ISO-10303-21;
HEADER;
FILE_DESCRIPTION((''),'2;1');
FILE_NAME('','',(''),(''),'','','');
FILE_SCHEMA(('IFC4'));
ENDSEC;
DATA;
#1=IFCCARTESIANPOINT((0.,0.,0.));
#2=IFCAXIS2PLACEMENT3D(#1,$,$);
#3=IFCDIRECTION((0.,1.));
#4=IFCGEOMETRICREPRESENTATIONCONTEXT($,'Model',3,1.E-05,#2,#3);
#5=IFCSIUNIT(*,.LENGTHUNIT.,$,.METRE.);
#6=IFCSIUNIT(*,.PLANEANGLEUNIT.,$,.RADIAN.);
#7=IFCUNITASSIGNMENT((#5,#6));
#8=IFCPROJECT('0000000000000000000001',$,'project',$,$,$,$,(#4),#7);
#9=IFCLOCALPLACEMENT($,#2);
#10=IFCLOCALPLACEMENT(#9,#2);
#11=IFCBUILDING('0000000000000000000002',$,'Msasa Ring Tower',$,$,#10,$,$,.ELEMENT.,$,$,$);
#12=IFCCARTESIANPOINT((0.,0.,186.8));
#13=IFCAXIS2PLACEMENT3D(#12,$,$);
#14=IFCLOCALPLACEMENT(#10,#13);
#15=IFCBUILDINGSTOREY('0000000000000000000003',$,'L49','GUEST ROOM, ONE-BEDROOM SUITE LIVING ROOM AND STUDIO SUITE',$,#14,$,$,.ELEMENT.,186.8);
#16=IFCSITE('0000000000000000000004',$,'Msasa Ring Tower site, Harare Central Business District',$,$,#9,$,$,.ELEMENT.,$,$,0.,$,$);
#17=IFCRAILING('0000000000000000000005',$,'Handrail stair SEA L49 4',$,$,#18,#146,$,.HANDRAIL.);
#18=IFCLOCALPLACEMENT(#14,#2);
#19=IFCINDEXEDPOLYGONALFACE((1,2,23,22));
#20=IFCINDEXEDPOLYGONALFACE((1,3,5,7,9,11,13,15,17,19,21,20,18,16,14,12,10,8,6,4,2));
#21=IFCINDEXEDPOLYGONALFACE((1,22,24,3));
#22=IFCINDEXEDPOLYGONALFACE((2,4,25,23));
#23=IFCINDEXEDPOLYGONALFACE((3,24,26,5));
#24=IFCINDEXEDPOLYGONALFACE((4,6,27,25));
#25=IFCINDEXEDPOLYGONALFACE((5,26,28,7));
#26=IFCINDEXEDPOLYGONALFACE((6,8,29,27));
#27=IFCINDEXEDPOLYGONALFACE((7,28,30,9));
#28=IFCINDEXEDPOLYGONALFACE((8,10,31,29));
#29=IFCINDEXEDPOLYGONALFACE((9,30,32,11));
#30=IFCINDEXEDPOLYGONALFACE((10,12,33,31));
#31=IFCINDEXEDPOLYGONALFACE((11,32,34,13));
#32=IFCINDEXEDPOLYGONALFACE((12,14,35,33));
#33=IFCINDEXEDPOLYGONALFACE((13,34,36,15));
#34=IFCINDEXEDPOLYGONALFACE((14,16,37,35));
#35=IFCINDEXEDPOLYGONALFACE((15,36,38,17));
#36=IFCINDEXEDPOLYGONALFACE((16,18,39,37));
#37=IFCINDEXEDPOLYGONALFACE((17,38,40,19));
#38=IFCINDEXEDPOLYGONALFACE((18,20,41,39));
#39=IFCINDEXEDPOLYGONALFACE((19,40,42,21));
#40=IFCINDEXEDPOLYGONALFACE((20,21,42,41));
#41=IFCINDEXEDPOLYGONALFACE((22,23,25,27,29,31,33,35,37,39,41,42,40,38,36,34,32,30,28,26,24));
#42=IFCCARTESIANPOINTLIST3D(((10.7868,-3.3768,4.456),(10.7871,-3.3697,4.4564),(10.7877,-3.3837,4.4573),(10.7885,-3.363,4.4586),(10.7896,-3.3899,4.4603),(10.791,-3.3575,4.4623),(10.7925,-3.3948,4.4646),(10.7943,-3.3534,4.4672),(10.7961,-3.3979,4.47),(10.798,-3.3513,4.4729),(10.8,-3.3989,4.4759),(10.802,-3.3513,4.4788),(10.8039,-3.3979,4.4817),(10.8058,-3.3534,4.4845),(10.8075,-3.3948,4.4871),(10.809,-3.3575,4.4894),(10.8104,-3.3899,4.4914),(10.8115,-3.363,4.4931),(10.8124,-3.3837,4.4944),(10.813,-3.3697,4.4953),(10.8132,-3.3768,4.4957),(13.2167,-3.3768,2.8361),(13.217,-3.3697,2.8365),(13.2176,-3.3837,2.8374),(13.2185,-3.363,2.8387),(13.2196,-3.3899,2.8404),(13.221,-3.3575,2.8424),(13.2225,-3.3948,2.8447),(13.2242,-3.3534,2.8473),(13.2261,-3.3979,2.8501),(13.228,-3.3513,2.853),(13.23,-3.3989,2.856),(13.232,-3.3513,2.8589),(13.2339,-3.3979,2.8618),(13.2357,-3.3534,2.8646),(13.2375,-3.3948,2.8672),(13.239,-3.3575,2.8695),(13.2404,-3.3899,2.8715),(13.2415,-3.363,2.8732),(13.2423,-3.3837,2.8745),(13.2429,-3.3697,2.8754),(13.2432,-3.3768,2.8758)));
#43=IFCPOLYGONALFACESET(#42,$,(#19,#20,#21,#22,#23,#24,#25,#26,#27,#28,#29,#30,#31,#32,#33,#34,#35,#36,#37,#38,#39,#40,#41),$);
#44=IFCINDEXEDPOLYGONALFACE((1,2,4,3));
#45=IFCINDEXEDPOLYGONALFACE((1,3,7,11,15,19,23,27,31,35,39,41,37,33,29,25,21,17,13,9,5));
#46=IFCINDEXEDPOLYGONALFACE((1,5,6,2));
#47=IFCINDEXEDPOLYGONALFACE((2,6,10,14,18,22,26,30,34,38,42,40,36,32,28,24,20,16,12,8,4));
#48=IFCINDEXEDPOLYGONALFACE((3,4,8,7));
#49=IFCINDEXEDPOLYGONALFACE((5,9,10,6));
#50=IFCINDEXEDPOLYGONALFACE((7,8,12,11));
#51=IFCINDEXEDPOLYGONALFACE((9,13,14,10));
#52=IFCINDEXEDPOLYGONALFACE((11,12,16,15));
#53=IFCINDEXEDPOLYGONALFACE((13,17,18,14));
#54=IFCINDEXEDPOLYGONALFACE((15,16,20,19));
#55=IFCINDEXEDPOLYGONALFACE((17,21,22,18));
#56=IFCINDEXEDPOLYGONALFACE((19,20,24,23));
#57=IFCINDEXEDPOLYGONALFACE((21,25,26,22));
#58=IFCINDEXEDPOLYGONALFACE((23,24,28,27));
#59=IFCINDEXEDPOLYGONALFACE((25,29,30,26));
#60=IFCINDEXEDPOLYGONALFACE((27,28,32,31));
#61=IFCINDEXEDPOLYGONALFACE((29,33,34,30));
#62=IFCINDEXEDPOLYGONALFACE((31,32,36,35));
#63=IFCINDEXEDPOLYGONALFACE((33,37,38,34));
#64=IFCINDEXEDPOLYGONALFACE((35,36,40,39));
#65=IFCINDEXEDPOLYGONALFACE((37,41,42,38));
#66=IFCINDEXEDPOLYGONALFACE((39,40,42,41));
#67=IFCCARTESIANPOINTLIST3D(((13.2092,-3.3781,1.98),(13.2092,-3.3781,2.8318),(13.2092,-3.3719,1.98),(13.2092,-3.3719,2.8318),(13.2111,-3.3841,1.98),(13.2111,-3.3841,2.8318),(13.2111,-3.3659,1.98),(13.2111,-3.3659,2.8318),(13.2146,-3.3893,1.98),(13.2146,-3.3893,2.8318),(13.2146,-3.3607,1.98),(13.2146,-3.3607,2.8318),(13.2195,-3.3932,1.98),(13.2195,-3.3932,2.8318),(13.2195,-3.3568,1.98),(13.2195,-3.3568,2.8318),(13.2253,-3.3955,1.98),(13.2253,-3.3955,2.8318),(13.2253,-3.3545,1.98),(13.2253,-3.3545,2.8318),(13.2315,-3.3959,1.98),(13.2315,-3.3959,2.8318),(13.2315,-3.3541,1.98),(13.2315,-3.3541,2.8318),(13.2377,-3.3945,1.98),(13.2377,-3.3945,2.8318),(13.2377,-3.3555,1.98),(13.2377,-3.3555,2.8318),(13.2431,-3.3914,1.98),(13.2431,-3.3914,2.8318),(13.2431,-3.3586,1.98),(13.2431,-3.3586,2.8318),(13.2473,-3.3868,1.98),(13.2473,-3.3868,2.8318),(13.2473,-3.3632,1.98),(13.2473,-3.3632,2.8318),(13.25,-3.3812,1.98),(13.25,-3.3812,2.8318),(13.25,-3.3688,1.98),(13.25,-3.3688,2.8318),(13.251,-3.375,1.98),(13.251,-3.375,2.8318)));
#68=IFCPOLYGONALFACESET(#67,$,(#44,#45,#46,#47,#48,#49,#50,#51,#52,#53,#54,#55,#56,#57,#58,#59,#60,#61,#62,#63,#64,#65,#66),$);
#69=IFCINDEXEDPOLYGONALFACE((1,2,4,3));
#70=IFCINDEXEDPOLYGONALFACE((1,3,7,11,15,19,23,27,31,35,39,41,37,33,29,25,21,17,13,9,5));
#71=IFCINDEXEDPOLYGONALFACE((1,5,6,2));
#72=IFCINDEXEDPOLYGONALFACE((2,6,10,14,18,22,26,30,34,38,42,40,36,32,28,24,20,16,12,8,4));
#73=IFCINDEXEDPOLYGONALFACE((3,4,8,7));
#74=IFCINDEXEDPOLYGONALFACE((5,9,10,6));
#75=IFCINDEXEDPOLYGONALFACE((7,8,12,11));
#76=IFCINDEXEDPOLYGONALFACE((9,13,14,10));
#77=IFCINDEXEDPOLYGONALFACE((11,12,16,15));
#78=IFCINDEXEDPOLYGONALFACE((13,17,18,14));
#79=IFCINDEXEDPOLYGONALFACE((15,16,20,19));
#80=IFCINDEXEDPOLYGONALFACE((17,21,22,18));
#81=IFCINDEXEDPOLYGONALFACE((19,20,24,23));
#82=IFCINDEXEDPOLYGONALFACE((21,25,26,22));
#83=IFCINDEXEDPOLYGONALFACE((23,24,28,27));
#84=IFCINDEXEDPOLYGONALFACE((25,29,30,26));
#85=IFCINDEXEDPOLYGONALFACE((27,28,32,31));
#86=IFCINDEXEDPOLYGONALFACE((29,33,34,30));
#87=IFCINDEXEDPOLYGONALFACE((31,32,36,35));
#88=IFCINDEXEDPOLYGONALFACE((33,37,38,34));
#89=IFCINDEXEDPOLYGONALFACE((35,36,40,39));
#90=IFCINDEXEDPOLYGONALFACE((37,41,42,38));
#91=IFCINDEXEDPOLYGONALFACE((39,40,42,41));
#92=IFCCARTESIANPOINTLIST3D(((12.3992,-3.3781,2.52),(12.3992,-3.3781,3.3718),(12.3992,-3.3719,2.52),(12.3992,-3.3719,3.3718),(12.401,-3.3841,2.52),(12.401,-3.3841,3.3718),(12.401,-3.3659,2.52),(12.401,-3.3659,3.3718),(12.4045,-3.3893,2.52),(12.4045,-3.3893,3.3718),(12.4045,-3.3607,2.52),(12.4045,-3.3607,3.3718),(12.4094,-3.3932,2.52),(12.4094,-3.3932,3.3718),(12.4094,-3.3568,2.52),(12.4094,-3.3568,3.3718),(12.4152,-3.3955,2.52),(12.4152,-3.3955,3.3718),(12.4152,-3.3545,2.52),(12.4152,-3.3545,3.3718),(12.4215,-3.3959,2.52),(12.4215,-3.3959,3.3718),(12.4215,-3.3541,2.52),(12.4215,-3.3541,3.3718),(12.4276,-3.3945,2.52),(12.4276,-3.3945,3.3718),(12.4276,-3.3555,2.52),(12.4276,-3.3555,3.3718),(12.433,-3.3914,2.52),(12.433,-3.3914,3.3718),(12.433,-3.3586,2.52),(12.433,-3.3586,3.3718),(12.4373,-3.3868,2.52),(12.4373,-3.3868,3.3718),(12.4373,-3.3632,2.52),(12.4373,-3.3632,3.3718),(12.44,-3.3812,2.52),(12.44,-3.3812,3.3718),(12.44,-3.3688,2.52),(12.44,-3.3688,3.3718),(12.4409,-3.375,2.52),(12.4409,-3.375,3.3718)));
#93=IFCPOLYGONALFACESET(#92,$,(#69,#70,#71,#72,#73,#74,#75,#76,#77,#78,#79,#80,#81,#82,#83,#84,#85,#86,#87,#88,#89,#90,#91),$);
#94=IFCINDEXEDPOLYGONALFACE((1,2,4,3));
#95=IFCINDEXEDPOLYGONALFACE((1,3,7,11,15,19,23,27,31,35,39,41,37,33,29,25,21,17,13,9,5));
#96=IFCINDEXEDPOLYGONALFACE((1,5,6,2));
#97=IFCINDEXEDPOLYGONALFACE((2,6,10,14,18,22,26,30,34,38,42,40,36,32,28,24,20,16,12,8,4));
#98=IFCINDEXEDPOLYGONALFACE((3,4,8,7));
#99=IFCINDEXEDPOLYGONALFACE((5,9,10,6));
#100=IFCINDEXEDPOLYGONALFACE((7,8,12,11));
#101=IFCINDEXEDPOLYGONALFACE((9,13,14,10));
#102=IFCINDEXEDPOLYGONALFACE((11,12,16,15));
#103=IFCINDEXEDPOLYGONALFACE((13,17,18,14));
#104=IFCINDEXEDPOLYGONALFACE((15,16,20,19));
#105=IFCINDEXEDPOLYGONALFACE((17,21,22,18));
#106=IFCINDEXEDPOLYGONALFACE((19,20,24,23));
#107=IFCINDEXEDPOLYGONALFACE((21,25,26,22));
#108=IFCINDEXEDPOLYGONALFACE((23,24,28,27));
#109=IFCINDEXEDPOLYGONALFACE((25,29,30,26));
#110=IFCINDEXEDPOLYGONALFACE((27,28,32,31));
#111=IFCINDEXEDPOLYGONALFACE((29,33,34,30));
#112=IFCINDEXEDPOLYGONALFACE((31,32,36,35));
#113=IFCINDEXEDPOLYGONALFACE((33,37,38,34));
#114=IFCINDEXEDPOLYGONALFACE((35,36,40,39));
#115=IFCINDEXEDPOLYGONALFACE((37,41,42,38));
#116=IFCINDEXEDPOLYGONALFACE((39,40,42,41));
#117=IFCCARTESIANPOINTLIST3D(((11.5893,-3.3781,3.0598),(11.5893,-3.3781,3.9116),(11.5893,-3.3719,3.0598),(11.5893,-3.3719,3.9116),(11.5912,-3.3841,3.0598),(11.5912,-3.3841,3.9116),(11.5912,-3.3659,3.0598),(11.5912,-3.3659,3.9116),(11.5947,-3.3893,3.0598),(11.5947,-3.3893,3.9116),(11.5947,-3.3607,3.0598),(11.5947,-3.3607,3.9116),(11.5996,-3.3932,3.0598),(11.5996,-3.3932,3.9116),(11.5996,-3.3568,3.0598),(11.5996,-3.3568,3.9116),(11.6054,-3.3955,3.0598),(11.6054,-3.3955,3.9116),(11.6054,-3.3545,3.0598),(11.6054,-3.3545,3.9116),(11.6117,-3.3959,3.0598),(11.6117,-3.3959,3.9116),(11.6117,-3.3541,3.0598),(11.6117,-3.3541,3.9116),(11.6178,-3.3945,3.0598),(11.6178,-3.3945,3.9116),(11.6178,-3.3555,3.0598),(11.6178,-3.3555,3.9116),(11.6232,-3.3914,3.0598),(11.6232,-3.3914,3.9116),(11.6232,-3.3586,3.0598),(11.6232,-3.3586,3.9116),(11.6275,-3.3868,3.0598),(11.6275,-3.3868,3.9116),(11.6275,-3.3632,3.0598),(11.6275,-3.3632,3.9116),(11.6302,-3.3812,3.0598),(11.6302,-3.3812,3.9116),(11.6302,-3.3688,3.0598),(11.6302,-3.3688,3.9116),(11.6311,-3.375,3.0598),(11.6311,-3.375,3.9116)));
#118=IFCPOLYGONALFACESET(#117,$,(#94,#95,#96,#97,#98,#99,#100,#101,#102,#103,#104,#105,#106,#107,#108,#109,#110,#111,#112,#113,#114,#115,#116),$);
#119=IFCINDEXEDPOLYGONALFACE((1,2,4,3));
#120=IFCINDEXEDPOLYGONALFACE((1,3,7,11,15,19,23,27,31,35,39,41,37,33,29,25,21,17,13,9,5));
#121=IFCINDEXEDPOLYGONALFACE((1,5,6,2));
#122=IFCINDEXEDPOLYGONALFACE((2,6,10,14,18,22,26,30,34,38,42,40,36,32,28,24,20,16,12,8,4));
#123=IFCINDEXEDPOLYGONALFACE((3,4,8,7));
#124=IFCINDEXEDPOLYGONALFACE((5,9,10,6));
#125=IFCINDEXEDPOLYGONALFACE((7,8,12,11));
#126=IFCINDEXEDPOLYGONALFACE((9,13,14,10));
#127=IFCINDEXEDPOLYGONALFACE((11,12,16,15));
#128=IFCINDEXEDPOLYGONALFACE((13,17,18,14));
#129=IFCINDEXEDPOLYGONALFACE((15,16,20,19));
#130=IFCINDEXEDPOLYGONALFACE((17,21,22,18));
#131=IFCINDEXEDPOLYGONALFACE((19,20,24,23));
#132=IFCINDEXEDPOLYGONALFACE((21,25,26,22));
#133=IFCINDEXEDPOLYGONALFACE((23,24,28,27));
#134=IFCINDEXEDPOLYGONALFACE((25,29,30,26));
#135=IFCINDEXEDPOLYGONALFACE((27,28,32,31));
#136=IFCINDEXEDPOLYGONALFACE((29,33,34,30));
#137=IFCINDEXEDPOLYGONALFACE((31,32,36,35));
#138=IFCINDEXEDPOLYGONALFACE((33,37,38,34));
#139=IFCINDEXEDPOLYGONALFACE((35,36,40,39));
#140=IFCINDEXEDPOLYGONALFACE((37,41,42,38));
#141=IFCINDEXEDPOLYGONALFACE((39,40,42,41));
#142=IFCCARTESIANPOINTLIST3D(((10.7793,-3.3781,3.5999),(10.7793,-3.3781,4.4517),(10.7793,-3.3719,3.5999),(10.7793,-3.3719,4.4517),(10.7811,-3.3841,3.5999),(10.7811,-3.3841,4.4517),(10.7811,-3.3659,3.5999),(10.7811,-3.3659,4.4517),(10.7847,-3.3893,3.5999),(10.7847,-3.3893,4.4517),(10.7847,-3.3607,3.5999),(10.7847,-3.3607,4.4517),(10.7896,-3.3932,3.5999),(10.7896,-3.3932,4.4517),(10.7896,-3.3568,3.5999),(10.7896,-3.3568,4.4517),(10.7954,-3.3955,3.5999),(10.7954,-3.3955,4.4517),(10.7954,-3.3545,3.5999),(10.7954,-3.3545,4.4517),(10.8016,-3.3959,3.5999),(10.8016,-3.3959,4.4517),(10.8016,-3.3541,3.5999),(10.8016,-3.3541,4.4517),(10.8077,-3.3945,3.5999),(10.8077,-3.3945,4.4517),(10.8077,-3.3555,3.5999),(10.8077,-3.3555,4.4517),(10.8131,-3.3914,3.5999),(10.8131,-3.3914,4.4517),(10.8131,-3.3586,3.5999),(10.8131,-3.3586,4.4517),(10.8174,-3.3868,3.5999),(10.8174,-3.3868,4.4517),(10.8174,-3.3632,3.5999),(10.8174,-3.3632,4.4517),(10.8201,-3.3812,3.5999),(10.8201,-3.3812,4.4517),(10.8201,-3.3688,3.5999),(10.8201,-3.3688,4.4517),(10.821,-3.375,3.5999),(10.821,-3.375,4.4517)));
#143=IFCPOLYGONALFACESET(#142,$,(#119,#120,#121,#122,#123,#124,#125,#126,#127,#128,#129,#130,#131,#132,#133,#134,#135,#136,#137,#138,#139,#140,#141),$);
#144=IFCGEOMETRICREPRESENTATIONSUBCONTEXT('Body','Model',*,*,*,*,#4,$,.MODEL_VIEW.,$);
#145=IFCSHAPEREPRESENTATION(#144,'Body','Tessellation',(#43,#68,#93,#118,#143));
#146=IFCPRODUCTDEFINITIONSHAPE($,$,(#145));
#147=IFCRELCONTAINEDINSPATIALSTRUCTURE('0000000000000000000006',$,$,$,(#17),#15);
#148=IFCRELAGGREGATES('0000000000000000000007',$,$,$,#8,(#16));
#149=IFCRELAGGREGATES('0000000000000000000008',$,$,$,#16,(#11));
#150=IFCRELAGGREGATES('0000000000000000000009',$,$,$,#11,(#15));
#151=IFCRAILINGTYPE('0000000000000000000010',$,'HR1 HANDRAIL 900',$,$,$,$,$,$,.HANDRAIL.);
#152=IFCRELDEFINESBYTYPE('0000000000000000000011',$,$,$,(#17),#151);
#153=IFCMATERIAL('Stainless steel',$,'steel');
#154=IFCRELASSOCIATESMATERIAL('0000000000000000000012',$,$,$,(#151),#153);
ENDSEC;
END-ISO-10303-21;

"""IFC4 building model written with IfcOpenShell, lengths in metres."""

from ifc_helpers import new_model, si_unit, direction, frame, origin, origin_2d, place, context, subcontext, project, spatial, circle, extrude, material, type_object, element, save


model = new_model("IFC4")

# Units and contexts
model_context = context("Model", 3, precision=1e-05, world=origin(), true_north=direction((0.0, 1.0)))
body_context = subcontext(model_context, "Body", "Model", "MODEL_VIEW")
ifc_project = project(units=[si_unit("LENGTHUNIT", "METRE"), si_unit("PLANEANGLEUNIT", "RADIAN")], contexts=[model_context])

# Site, building, storey
site_placement = place(None, origin())
site = spatial("IfcSite", under=ifc_project, at=site_placement, Name="Msasa Ring Tower site, Harare Central Business District", CompositionType="ELEMENT", RefElevation=0.0)
building_placement = place(site_placement, origin())
building = spatial("IfcBuilding", under=site, at=building_placement, Name="Msasa Ring Tower", CompositionType="ELEMENT")
storey_placement = place(building_placement, frame((0.0, 0.0, 186.8)))
storey = spatial("IfcBuildingStorey", under=building, at=storey_placement, Name="L49", Description="GUEST ROOM, ONE-BEDROOM SUITE LIVING ROOM AND STUDIO SUITE", CompositionType="ELEMENT", Elevation=186.8)

# Railing
ifc_material_1 = material(Name="Stainless steel", Category="steel")
railing_type = type_object("IfcRailingType", Name="HR1 HANDRAIL 900", PredefinedType="HANDRAIL", material=ifc_material_1)
for number, where, name in (
    (1, (13.23, -3.375, 1.98), "Handrail stair SEA L49 4"),
):
    element("IfcRailing", number, at=place(storey_placement, frame(where)), inside=storey, type_object=railing_type, Name=name, PredefinedType="HANDRAIL", context=body_context, shape_type="SweptSolid", body=[
        extrude(circle(Radius=0.0239, at=origin_2d()), frame((0.0, 0.0, 0.876), z_axis=(-0.832063, 0.0, 0.554681), x_axis=(0.0, -1.0, 0.0)), (0.0, 0.0, 1.0), 2.9204),
        extrude(circle(Radius=0.021, at=origin_2d()), origin(), (0.0, 0.0, 1.0), 0.8518),
        extrude(circle(Radius=0.021, at=origin_2d()), frame((-0.8101, 0.0, 0.54)), (0.0, 0.0, 1.0), 0.8518),
        extrude(circle(Radius=0.021, at=origin_2d()), frame((-1.6199, 0.0, 1.0798)), (0.0, 0.0, 1.0), 0.8518),
        extrude(circle(Radius=0.021, at=origin_2d()), frame((-2.4299, 0.0, 1.6199)), (0.0, 0.0, 1.0), 0.8518),
    ])

save(model, "model.ifc")
